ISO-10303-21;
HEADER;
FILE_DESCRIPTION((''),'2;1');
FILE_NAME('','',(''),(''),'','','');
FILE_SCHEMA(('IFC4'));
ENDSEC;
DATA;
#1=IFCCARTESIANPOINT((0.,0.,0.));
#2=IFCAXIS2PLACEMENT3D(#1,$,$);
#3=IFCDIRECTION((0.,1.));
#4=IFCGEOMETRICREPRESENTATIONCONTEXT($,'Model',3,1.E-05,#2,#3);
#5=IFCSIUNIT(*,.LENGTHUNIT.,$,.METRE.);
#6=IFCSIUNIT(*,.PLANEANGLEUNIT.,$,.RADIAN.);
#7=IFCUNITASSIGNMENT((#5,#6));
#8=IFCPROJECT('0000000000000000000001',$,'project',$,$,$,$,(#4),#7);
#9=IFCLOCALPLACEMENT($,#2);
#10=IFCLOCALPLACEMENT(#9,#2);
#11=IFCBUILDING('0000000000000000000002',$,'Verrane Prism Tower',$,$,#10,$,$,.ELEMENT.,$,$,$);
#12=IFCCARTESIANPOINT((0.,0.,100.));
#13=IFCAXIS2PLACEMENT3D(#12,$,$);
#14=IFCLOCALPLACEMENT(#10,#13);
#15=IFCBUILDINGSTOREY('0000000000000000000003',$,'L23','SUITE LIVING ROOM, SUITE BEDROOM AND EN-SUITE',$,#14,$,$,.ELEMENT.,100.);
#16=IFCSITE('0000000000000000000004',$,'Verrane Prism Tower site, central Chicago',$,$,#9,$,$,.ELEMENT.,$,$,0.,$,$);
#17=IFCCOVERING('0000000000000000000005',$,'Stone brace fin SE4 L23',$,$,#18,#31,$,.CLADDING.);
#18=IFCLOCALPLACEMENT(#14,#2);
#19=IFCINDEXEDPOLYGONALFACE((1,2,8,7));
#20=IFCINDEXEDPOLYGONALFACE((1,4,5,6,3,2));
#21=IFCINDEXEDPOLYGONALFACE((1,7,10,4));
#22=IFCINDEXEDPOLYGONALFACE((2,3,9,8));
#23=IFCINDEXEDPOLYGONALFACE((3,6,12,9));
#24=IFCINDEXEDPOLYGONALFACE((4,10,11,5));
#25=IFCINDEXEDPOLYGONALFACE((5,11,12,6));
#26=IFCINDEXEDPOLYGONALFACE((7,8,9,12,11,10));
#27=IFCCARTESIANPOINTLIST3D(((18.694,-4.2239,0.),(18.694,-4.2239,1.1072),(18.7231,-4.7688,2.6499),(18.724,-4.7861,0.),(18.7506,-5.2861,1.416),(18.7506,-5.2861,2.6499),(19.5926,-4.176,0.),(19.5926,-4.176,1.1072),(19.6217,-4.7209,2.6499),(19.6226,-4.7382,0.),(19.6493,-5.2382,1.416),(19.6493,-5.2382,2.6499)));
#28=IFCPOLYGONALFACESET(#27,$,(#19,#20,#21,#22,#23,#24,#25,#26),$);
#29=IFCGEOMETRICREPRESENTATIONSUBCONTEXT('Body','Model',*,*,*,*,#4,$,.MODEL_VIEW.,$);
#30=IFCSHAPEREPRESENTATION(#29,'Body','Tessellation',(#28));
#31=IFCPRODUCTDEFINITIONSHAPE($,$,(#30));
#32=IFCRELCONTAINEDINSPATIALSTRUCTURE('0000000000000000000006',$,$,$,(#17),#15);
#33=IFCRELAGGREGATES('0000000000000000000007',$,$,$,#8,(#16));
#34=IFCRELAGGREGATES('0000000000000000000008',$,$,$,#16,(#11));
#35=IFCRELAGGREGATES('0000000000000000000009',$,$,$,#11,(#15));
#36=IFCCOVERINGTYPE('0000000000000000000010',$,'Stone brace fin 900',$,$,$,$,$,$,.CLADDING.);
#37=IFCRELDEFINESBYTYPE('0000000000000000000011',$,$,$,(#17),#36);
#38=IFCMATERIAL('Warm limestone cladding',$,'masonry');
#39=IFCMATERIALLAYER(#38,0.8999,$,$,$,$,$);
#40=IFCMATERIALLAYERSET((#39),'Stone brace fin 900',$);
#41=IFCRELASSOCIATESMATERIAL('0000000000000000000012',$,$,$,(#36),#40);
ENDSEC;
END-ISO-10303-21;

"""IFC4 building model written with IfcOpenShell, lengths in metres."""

from ifc_helpers import new_model, si_unit, direction, frame, origin, place, context, subcontext, project, spatial, polyline, outline, extrude, material, layer, layer_set, type_object, element, save


model = new_model("IFC4")

# Units and contexts
model_context = context("Model", 3, precision=1e-05, world=origin(), true_north=direction((0.0, 1.0)))
body_context = subcontext(model_context, "Body", "Model", "MODEL_VIEW")
ifc_project = project(units=[si_unit("LENGTHUNIT", "METRE"), si_unit("PLANEANGLEUNIT", "RADIAN")], contexts=[model_context])

# Site, building, storey
site_placement = place(None, origin())
site = spatial("IfcSite", under=ifc_project, at=site_placement, Name="Verrane Prism Tower site, central Chicago", CompositionType="ELEMENT", RefElevation=0.0)
building_placement = place(site_placement, origin())
building = spatial("IfcBuilding", under=site, at=building_placement, Name="Verrane Prism Tower", CompositionType="ELEMENT")
storey_placement = place(building_placement, frame((0.0, 0.0, 100.0)))
storey = spatial("IfcBuildingStorey", under=building, at=storey_placement, Name="L23", Description="SUITE LIVING ROOM, SUITE BEDROOM AND EN-SUITE", CompositionType="ELEMENT", Elevation=100.0)

# Covering
ifc_material_1 = material(Name="Warm limestone cladding", Category="masonry")
ifc_layer_1 = layer(ifc_material_1, 0.8999)
ifc_layer_set_1 = layer_set([ifc_layer_1], Name="Stone brace fin 900")
covering_type = type_object("IfcCoveringType", Name="Stone brace fin 900", PredefinedType="CLADDING", material=ifc_layer_set_1)
covering_placement = place(storey_placement, frame((19.1433, -4.2, 0.0), z_axis=(0.0, 0.0, 1.0), x_axis=(0.053245, -0.998581, 0.0)))
element("IfcCovering", 1, at=covering_placement, inside=storey, type_object=covering_type, Name="Stone brace fin SE4 L23", PredefinedType="CLADDING", context=body_context, shape_type="SweptSolid", body=[
    extrude(outline(polyline([(1.0637, 2.6499), (0.5457, 2.6499), (0.0, 1.1072), (0.0, 0.0), (0.563, 0.0), (1.0637, 1.416), (1.0637, 2.6499)])), frame((0.0, 0.45, 0.0), z_axis=(0.0, -1.0, 0.0), x_axis=(1.0, 0.0, 0.0)), (0.0, 0.0, 1.0), 0.8999),
])

save(model, "model.ifc")
